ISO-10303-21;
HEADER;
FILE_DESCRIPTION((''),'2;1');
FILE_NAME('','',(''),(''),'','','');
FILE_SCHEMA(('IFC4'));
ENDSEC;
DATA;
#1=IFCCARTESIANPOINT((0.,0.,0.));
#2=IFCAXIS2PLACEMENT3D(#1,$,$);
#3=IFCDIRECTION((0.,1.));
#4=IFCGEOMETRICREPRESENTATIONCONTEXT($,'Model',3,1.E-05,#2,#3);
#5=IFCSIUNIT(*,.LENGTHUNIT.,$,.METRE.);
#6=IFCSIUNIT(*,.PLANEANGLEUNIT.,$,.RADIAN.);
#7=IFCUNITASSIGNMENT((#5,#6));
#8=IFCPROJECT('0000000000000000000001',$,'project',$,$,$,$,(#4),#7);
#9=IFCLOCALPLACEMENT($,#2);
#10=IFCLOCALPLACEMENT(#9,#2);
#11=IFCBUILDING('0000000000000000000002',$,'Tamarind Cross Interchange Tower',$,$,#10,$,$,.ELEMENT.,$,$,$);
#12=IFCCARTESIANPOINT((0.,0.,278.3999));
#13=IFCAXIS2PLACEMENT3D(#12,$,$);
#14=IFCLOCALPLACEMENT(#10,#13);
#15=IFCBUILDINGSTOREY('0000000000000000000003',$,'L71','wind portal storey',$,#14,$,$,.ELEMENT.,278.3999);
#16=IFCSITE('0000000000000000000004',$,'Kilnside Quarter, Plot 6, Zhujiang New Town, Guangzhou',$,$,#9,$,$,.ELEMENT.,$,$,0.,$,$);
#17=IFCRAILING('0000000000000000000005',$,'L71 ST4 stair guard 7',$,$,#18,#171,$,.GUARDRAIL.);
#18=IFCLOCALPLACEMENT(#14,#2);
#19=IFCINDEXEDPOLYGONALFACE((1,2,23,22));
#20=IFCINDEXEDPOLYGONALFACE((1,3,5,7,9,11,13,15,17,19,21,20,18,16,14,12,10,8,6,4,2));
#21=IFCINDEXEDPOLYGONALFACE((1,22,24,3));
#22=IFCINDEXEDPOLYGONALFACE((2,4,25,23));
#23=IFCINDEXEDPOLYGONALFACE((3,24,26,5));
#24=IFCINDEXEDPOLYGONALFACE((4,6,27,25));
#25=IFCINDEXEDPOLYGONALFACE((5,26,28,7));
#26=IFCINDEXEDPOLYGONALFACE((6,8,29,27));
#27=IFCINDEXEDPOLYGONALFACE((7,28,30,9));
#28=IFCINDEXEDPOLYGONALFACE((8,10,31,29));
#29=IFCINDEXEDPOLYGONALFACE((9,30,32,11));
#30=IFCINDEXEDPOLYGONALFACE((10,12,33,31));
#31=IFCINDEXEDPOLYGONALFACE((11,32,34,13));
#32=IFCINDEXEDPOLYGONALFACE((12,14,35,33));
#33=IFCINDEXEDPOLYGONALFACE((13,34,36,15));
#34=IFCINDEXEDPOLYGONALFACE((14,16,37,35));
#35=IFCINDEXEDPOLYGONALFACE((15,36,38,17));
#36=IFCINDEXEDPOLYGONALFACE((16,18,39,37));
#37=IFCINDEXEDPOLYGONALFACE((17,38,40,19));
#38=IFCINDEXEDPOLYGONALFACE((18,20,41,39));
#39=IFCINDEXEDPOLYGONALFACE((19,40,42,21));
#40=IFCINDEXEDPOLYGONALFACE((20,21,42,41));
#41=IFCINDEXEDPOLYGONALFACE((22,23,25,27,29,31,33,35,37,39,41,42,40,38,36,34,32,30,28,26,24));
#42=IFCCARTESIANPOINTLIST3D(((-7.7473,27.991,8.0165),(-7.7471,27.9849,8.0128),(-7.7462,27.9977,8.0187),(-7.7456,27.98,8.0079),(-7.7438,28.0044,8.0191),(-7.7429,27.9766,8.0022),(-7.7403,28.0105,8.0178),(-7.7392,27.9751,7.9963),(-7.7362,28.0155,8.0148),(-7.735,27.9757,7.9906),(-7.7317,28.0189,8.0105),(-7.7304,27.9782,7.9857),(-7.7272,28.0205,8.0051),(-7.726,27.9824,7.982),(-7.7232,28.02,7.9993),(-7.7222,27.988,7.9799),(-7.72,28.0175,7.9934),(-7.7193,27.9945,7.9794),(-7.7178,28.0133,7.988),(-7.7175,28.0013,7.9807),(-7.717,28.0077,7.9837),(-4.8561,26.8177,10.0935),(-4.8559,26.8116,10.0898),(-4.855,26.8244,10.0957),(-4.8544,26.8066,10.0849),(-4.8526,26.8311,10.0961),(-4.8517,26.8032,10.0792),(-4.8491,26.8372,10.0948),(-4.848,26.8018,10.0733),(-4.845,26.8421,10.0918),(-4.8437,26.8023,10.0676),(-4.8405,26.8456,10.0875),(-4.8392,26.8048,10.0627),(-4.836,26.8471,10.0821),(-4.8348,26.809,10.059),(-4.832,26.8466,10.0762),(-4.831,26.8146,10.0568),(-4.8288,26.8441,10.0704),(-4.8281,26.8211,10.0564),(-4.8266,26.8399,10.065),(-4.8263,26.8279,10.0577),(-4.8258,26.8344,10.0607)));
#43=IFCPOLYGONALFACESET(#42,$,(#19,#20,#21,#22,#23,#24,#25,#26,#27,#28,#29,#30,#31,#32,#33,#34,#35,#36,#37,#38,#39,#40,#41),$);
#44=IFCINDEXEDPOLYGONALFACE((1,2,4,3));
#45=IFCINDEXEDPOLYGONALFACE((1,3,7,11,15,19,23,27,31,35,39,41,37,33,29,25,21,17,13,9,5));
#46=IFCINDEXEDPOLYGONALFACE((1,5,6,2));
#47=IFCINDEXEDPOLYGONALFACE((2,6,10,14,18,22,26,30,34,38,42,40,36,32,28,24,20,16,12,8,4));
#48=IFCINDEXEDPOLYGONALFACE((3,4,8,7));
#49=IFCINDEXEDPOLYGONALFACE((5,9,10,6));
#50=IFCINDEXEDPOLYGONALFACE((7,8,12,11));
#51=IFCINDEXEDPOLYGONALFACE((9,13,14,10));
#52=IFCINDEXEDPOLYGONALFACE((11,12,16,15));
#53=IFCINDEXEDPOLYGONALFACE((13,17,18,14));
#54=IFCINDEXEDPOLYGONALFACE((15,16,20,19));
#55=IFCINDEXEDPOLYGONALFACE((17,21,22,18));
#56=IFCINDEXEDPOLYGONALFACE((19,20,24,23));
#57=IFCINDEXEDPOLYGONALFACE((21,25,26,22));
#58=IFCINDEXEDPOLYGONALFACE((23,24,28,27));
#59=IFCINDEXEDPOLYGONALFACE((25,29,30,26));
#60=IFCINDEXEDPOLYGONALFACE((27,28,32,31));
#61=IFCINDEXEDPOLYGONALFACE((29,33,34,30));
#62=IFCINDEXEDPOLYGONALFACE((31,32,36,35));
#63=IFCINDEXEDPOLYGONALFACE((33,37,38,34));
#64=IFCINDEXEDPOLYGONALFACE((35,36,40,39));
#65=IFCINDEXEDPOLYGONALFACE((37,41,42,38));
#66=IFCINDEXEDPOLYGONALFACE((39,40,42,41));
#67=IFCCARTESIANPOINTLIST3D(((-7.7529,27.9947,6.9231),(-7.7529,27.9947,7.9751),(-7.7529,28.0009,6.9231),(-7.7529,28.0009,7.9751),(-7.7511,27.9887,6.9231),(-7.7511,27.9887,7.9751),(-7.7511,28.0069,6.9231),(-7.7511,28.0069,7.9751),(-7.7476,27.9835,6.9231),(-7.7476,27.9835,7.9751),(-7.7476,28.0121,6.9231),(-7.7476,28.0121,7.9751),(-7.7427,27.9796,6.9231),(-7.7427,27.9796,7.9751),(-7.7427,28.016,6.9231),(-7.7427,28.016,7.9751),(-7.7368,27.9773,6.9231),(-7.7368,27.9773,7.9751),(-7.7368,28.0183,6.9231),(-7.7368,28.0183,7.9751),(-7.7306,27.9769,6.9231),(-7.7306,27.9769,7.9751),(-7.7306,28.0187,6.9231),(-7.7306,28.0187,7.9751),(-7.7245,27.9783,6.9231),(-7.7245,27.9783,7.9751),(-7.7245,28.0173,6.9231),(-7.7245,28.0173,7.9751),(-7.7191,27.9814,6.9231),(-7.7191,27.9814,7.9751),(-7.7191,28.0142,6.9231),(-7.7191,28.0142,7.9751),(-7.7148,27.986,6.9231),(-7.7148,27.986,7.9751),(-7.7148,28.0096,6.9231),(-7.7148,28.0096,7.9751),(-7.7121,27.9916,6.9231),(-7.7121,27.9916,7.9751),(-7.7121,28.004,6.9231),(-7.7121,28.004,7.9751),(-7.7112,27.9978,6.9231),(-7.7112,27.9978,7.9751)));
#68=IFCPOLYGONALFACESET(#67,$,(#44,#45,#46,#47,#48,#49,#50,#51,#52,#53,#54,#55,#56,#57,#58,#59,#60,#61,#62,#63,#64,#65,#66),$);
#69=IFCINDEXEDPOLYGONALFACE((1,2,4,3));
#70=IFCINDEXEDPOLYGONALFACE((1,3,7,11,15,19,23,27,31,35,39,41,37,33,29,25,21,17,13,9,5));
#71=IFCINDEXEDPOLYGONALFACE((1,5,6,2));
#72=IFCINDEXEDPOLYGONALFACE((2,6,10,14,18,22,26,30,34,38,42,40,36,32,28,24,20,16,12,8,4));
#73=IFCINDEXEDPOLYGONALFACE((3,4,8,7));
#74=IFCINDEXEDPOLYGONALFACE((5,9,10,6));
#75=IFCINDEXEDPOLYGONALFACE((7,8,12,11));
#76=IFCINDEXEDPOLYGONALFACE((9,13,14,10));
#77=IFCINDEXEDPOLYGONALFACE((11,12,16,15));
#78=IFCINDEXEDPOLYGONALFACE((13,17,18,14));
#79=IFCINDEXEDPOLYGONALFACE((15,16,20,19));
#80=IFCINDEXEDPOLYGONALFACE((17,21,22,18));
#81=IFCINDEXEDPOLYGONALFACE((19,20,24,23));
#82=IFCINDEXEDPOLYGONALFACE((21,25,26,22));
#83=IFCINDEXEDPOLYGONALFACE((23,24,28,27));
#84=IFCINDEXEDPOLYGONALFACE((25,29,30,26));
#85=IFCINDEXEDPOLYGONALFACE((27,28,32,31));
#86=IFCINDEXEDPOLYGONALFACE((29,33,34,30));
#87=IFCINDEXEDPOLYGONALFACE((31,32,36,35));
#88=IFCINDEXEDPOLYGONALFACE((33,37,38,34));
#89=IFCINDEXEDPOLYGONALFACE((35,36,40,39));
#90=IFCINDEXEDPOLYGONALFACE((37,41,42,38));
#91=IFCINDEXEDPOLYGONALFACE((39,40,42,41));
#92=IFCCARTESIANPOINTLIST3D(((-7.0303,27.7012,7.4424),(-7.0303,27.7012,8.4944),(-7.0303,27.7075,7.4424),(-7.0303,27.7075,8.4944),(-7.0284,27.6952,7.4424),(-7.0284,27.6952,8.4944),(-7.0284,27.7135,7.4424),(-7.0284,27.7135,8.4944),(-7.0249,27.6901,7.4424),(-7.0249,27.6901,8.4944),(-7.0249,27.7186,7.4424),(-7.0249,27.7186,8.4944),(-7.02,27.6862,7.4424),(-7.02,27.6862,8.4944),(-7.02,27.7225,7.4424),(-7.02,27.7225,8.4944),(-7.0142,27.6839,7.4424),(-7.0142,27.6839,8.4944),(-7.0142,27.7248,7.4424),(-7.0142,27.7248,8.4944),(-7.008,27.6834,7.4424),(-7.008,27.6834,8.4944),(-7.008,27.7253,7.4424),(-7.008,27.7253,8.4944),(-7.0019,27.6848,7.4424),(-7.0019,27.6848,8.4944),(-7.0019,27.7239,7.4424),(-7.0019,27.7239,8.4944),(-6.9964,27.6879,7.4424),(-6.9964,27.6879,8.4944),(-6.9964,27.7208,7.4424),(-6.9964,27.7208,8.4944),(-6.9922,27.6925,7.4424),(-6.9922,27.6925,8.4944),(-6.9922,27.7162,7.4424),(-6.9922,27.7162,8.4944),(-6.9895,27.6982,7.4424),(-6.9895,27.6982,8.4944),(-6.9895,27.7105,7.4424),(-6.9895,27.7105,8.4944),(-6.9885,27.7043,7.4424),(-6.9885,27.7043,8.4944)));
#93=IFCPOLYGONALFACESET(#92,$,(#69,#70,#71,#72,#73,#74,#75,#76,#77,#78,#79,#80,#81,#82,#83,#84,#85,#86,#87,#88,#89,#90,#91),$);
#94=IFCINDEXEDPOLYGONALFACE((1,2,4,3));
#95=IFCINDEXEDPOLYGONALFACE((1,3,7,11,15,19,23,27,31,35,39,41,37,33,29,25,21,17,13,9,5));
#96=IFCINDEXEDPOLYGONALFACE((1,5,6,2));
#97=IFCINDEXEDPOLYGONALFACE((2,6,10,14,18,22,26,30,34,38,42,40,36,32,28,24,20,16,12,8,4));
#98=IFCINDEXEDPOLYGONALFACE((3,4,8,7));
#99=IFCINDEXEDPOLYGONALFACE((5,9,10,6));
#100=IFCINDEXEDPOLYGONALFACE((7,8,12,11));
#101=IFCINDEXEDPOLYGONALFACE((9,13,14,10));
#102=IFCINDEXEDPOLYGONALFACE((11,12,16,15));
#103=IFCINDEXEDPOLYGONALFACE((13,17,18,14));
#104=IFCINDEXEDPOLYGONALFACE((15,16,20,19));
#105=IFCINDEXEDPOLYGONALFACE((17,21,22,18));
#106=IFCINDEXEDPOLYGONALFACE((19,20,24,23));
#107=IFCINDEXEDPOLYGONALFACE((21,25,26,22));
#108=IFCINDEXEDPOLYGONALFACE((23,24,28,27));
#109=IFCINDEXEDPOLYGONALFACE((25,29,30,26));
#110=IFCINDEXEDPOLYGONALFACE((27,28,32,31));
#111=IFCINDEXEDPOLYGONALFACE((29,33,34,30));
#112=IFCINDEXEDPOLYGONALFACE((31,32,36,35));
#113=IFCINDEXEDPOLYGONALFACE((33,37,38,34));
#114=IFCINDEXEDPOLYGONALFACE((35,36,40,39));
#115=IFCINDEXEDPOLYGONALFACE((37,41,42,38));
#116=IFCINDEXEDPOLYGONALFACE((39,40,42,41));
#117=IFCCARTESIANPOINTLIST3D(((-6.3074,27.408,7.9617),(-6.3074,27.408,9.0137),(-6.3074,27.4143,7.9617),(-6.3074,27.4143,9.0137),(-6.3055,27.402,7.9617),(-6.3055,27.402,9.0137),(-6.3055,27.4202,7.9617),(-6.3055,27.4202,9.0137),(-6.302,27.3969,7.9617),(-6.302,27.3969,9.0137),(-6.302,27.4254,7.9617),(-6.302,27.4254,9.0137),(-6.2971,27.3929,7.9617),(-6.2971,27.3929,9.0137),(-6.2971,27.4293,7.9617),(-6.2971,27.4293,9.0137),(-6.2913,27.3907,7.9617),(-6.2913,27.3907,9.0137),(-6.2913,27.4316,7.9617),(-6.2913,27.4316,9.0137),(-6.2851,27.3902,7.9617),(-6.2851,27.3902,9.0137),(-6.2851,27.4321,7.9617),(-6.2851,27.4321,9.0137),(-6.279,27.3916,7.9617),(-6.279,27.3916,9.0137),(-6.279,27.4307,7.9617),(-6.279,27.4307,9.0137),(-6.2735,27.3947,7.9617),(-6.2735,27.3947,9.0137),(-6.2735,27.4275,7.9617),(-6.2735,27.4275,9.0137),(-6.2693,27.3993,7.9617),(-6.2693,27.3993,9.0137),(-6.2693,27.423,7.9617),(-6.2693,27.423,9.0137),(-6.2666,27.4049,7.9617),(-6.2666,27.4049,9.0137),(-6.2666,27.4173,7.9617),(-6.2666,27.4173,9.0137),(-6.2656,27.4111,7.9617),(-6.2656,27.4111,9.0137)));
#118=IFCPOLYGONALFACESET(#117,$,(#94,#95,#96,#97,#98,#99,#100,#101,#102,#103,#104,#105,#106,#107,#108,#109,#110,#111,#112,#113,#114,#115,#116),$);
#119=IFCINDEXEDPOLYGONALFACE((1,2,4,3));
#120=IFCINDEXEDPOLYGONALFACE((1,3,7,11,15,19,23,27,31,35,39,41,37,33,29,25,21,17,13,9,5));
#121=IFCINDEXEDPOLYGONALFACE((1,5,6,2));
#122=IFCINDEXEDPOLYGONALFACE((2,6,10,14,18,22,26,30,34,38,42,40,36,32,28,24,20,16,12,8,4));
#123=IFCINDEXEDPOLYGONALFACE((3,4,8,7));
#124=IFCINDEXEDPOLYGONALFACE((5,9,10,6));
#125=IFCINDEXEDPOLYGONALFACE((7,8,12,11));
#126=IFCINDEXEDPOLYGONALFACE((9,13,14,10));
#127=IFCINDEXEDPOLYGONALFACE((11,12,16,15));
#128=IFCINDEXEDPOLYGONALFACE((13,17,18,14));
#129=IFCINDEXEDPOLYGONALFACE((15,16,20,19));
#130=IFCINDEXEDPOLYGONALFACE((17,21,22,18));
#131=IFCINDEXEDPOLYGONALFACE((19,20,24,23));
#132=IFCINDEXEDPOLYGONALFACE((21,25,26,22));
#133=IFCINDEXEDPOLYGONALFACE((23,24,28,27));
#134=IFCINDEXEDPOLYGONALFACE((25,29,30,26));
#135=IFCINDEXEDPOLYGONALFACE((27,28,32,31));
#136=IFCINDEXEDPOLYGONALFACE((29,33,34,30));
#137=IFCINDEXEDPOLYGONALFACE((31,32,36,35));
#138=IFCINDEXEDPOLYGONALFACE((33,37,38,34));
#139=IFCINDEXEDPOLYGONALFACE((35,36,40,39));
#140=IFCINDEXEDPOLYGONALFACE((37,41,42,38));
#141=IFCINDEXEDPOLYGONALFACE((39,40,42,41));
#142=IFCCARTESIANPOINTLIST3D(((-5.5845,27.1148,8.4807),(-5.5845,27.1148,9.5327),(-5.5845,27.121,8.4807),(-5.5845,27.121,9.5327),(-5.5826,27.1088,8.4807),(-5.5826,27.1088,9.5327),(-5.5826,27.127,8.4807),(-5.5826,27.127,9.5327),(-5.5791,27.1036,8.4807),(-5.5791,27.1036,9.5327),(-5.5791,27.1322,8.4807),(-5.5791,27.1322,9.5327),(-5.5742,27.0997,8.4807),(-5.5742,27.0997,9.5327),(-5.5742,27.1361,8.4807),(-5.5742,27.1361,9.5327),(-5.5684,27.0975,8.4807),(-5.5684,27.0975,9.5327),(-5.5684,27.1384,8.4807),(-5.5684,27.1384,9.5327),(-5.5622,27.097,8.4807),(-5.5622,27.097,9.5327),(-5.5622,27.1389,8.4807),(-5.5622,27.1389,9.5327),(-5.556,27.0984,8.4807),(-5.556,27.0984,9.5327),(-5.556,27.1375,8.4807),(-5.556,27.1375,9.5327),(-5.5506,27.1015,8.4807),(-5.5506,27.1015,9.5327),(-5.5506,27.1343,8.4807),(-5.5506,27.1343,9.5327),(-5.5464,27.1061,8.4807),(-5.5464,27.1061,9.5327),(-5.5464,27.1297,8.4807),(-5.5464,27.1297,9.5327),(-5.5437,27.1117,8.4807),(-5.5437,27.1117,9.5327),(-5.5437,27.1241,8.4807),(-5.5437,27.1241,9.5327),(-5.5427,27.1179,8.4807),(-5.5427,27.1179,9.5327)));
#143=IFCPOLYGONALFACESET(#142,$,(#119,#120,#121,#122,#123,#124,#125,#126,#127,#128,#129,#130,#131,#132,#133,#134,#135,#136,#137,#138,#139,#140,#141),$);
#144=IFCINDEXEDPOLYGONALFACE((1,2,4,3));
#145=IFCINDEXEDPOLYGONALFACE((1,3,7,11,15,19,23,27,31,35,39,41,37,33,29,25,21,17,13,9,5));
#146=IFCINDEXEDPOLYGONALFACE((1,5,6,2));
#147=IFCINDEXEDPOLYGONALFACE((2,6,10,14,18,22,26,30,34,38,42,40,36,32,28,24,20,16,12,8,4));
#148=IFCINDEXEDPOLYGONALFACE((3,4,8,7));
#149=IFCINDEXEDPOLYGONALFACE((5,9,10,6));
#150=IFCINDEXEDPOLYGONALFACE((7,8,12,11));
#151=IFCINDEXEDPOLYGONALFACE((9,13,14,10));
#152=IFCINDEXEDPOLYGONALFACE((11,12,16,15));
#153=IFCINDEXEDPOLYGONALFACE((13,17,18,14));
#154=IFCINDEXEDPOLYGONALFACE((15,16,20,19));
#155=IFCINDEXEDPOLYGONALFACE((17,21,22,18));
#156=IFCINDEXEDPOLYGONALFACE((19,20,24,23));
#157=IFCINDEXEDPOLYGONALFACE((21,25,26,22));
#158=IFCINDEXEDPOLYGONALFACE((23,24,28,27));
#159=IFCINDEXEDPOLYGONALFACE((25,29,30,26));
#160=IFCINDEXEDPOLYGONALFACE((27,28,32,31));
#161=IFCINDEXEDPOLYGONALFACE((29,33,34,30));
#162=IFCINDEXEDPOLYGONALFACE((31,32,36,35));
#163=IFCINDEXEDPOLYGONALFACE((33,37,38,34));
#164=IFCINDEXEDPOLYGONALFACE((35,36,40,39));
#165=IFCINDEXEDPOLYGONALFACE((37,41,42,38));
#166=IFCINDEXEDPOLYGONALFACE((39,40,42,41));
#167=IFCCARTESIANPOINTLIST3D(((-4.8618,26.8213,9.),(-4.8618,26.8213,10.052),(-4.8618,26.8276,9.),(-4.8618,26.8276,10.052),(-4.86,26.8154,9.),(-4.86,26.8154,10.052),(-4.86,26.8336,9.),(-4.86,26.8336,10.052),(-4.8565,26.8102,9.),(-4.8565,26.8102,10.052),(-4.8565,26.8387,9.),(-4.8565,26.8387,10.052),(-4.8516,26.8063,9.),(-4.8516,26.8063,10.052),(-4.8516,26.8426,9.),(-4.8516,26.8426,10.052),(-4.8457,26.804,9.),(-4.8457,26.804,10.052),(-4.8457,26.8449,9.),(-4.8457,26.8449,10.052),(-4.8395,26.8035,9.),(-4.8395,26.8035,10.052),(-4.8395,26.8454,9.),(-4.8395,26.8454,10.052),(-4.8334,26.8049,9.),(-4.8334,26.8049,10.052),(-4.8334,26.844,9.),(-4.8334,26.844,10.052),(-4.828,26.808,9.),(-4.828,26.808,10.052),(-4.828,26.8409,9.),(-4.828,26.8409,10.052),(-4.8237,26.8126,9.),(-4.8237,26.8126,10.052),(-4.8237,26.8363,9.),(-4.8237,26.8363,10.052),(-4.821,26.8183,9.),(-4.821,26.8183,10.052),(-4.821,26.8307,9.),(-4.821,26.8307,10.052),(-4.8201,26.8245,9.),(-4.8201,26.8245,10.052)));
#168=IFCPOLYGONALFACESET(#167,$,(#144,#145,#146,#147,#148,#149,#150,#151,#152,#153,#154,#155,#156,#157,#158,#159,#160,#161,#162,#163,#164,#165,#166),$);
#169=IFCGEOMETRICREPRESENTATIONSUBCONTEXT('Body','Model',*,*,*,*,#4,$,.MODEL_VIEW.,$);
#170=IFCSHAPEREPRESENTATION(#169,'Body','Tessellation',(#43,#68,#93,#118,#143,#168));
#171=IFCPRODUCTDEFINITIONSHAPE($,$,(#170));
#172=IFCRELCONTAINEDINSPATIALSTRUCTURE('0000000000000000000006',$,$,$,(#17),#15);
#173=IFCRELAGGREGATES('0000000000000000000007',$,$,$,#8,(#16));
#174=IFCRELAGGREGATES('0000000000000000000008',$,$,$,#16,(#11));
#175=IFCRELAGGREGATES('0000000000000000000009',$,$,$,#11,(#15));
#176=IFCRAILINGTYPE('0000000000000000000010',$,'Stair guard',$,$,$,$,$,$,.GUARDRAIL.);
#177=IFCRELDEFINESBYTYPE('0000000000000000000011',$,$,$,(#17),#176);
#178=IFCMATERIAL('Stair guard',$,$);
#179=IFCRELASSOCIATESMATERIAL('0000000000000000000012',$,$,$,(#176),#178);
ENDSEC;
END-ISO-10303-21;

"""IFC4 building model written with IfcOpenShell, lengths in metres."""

from ifc_helpers import new_model, si_unit, direction, frame, origin, origin_2d, place, context, subcontext, project, spatial, circle, extrude, material, type_object, element, save


model = new_model("IFC4")

# Units and contexts
model_context = context("Model", 3, precision=1e-05, world=origin(), true_north=direction((0.0, 1.0)))
body_context = subcontext(model_context, "Body", "Model", "MODEL_VIEW")
ifc_project = project(units=[si_unit("LENGTHUNIT", "METRE"), si_unit("PLANEANGLEUNIT", "RADIAN")], contexts=[model_context])

# Site, building, storey
site_placement = place(None, origin())
site = spatial("IfcSite", under=ifc_project, at=site_placement, Name="Kilnside Quarter, Plot 6, Zhujiang New Town, Guangzhou", CompositionType="ELEMENT", RefElevation=0.0)
building_placement = place(site_placement, origin())
building = spatial("IfcBuilding", under=site, at=building_placement, Name="Tamarind Cross Interchange Tower", CompositionType="ELEMENT")
storey_placement = place(building_placement, frame((0.0, 0.0, 278.3999)))
storey = spatial("IfcBuildingStorey", under=building, at=storey_placement, Name="L71", Description="wind portal storey", CompositionType="ELEMENT", Elevation=278.3999)

# Railing
ifc_material_1 = material(Name="Stair guard")
railing_type_1 = type_object("IfcRailingType", Name="Stair guard", PredefinedType="GUARDRAIL", material=ifc_material_1)
railing_1_placement = place(storey_placement, frame((-7.7322, 27.9978, 6.9231)))
element("IfcRailing", 1, at=railing_1_placement, inside=storey, type_object=railing_type_1, Name="L71 ST4 stair guard 7", PredefinedType="GUARDRAIL", context=body_context, shape_type="SweptSolid", body=[
    extrude(circle(Radius=0.0239, at=origin_2d()), frame((0.0, 0.0, 1.0762), z_axis=(0.77134, -0.313043, 0.554111), x_axis=(0.376054, 0.926598, 0.0)), (0.0, 0.0, 1.0), 3.7483),
    extrude(circle(Radius=0.021, at=origin_2d()), origin(), (0.0, 0.0, 1.0), 1.052),
    extrude(circle(Radius=0.021, at=origin_2d()), frame((0.7227, -0.2935, 0.5193)), (0.0, 0.0, 1.0), 1.052),
    extrude(circle(Radius=0.021, at=origin_2d()), frame((1.4456, -0.5867, 1.0386)), (0.0, 0.0, 1.0), 1.052),
    extrude(circle(Radius=0.021, at=origin_2d()), frame((2.1685, -0.8799, 1.5576)), (0.0, 0.0, 1.0), 1.052),
    extrude(circle(Radius=0.021, at=origin_2d()), frame((2.8911, -1.1733, 2.0769)), (0.0, 0.0, 1.0), 1.052),
])

save(model, "model.ifc")
